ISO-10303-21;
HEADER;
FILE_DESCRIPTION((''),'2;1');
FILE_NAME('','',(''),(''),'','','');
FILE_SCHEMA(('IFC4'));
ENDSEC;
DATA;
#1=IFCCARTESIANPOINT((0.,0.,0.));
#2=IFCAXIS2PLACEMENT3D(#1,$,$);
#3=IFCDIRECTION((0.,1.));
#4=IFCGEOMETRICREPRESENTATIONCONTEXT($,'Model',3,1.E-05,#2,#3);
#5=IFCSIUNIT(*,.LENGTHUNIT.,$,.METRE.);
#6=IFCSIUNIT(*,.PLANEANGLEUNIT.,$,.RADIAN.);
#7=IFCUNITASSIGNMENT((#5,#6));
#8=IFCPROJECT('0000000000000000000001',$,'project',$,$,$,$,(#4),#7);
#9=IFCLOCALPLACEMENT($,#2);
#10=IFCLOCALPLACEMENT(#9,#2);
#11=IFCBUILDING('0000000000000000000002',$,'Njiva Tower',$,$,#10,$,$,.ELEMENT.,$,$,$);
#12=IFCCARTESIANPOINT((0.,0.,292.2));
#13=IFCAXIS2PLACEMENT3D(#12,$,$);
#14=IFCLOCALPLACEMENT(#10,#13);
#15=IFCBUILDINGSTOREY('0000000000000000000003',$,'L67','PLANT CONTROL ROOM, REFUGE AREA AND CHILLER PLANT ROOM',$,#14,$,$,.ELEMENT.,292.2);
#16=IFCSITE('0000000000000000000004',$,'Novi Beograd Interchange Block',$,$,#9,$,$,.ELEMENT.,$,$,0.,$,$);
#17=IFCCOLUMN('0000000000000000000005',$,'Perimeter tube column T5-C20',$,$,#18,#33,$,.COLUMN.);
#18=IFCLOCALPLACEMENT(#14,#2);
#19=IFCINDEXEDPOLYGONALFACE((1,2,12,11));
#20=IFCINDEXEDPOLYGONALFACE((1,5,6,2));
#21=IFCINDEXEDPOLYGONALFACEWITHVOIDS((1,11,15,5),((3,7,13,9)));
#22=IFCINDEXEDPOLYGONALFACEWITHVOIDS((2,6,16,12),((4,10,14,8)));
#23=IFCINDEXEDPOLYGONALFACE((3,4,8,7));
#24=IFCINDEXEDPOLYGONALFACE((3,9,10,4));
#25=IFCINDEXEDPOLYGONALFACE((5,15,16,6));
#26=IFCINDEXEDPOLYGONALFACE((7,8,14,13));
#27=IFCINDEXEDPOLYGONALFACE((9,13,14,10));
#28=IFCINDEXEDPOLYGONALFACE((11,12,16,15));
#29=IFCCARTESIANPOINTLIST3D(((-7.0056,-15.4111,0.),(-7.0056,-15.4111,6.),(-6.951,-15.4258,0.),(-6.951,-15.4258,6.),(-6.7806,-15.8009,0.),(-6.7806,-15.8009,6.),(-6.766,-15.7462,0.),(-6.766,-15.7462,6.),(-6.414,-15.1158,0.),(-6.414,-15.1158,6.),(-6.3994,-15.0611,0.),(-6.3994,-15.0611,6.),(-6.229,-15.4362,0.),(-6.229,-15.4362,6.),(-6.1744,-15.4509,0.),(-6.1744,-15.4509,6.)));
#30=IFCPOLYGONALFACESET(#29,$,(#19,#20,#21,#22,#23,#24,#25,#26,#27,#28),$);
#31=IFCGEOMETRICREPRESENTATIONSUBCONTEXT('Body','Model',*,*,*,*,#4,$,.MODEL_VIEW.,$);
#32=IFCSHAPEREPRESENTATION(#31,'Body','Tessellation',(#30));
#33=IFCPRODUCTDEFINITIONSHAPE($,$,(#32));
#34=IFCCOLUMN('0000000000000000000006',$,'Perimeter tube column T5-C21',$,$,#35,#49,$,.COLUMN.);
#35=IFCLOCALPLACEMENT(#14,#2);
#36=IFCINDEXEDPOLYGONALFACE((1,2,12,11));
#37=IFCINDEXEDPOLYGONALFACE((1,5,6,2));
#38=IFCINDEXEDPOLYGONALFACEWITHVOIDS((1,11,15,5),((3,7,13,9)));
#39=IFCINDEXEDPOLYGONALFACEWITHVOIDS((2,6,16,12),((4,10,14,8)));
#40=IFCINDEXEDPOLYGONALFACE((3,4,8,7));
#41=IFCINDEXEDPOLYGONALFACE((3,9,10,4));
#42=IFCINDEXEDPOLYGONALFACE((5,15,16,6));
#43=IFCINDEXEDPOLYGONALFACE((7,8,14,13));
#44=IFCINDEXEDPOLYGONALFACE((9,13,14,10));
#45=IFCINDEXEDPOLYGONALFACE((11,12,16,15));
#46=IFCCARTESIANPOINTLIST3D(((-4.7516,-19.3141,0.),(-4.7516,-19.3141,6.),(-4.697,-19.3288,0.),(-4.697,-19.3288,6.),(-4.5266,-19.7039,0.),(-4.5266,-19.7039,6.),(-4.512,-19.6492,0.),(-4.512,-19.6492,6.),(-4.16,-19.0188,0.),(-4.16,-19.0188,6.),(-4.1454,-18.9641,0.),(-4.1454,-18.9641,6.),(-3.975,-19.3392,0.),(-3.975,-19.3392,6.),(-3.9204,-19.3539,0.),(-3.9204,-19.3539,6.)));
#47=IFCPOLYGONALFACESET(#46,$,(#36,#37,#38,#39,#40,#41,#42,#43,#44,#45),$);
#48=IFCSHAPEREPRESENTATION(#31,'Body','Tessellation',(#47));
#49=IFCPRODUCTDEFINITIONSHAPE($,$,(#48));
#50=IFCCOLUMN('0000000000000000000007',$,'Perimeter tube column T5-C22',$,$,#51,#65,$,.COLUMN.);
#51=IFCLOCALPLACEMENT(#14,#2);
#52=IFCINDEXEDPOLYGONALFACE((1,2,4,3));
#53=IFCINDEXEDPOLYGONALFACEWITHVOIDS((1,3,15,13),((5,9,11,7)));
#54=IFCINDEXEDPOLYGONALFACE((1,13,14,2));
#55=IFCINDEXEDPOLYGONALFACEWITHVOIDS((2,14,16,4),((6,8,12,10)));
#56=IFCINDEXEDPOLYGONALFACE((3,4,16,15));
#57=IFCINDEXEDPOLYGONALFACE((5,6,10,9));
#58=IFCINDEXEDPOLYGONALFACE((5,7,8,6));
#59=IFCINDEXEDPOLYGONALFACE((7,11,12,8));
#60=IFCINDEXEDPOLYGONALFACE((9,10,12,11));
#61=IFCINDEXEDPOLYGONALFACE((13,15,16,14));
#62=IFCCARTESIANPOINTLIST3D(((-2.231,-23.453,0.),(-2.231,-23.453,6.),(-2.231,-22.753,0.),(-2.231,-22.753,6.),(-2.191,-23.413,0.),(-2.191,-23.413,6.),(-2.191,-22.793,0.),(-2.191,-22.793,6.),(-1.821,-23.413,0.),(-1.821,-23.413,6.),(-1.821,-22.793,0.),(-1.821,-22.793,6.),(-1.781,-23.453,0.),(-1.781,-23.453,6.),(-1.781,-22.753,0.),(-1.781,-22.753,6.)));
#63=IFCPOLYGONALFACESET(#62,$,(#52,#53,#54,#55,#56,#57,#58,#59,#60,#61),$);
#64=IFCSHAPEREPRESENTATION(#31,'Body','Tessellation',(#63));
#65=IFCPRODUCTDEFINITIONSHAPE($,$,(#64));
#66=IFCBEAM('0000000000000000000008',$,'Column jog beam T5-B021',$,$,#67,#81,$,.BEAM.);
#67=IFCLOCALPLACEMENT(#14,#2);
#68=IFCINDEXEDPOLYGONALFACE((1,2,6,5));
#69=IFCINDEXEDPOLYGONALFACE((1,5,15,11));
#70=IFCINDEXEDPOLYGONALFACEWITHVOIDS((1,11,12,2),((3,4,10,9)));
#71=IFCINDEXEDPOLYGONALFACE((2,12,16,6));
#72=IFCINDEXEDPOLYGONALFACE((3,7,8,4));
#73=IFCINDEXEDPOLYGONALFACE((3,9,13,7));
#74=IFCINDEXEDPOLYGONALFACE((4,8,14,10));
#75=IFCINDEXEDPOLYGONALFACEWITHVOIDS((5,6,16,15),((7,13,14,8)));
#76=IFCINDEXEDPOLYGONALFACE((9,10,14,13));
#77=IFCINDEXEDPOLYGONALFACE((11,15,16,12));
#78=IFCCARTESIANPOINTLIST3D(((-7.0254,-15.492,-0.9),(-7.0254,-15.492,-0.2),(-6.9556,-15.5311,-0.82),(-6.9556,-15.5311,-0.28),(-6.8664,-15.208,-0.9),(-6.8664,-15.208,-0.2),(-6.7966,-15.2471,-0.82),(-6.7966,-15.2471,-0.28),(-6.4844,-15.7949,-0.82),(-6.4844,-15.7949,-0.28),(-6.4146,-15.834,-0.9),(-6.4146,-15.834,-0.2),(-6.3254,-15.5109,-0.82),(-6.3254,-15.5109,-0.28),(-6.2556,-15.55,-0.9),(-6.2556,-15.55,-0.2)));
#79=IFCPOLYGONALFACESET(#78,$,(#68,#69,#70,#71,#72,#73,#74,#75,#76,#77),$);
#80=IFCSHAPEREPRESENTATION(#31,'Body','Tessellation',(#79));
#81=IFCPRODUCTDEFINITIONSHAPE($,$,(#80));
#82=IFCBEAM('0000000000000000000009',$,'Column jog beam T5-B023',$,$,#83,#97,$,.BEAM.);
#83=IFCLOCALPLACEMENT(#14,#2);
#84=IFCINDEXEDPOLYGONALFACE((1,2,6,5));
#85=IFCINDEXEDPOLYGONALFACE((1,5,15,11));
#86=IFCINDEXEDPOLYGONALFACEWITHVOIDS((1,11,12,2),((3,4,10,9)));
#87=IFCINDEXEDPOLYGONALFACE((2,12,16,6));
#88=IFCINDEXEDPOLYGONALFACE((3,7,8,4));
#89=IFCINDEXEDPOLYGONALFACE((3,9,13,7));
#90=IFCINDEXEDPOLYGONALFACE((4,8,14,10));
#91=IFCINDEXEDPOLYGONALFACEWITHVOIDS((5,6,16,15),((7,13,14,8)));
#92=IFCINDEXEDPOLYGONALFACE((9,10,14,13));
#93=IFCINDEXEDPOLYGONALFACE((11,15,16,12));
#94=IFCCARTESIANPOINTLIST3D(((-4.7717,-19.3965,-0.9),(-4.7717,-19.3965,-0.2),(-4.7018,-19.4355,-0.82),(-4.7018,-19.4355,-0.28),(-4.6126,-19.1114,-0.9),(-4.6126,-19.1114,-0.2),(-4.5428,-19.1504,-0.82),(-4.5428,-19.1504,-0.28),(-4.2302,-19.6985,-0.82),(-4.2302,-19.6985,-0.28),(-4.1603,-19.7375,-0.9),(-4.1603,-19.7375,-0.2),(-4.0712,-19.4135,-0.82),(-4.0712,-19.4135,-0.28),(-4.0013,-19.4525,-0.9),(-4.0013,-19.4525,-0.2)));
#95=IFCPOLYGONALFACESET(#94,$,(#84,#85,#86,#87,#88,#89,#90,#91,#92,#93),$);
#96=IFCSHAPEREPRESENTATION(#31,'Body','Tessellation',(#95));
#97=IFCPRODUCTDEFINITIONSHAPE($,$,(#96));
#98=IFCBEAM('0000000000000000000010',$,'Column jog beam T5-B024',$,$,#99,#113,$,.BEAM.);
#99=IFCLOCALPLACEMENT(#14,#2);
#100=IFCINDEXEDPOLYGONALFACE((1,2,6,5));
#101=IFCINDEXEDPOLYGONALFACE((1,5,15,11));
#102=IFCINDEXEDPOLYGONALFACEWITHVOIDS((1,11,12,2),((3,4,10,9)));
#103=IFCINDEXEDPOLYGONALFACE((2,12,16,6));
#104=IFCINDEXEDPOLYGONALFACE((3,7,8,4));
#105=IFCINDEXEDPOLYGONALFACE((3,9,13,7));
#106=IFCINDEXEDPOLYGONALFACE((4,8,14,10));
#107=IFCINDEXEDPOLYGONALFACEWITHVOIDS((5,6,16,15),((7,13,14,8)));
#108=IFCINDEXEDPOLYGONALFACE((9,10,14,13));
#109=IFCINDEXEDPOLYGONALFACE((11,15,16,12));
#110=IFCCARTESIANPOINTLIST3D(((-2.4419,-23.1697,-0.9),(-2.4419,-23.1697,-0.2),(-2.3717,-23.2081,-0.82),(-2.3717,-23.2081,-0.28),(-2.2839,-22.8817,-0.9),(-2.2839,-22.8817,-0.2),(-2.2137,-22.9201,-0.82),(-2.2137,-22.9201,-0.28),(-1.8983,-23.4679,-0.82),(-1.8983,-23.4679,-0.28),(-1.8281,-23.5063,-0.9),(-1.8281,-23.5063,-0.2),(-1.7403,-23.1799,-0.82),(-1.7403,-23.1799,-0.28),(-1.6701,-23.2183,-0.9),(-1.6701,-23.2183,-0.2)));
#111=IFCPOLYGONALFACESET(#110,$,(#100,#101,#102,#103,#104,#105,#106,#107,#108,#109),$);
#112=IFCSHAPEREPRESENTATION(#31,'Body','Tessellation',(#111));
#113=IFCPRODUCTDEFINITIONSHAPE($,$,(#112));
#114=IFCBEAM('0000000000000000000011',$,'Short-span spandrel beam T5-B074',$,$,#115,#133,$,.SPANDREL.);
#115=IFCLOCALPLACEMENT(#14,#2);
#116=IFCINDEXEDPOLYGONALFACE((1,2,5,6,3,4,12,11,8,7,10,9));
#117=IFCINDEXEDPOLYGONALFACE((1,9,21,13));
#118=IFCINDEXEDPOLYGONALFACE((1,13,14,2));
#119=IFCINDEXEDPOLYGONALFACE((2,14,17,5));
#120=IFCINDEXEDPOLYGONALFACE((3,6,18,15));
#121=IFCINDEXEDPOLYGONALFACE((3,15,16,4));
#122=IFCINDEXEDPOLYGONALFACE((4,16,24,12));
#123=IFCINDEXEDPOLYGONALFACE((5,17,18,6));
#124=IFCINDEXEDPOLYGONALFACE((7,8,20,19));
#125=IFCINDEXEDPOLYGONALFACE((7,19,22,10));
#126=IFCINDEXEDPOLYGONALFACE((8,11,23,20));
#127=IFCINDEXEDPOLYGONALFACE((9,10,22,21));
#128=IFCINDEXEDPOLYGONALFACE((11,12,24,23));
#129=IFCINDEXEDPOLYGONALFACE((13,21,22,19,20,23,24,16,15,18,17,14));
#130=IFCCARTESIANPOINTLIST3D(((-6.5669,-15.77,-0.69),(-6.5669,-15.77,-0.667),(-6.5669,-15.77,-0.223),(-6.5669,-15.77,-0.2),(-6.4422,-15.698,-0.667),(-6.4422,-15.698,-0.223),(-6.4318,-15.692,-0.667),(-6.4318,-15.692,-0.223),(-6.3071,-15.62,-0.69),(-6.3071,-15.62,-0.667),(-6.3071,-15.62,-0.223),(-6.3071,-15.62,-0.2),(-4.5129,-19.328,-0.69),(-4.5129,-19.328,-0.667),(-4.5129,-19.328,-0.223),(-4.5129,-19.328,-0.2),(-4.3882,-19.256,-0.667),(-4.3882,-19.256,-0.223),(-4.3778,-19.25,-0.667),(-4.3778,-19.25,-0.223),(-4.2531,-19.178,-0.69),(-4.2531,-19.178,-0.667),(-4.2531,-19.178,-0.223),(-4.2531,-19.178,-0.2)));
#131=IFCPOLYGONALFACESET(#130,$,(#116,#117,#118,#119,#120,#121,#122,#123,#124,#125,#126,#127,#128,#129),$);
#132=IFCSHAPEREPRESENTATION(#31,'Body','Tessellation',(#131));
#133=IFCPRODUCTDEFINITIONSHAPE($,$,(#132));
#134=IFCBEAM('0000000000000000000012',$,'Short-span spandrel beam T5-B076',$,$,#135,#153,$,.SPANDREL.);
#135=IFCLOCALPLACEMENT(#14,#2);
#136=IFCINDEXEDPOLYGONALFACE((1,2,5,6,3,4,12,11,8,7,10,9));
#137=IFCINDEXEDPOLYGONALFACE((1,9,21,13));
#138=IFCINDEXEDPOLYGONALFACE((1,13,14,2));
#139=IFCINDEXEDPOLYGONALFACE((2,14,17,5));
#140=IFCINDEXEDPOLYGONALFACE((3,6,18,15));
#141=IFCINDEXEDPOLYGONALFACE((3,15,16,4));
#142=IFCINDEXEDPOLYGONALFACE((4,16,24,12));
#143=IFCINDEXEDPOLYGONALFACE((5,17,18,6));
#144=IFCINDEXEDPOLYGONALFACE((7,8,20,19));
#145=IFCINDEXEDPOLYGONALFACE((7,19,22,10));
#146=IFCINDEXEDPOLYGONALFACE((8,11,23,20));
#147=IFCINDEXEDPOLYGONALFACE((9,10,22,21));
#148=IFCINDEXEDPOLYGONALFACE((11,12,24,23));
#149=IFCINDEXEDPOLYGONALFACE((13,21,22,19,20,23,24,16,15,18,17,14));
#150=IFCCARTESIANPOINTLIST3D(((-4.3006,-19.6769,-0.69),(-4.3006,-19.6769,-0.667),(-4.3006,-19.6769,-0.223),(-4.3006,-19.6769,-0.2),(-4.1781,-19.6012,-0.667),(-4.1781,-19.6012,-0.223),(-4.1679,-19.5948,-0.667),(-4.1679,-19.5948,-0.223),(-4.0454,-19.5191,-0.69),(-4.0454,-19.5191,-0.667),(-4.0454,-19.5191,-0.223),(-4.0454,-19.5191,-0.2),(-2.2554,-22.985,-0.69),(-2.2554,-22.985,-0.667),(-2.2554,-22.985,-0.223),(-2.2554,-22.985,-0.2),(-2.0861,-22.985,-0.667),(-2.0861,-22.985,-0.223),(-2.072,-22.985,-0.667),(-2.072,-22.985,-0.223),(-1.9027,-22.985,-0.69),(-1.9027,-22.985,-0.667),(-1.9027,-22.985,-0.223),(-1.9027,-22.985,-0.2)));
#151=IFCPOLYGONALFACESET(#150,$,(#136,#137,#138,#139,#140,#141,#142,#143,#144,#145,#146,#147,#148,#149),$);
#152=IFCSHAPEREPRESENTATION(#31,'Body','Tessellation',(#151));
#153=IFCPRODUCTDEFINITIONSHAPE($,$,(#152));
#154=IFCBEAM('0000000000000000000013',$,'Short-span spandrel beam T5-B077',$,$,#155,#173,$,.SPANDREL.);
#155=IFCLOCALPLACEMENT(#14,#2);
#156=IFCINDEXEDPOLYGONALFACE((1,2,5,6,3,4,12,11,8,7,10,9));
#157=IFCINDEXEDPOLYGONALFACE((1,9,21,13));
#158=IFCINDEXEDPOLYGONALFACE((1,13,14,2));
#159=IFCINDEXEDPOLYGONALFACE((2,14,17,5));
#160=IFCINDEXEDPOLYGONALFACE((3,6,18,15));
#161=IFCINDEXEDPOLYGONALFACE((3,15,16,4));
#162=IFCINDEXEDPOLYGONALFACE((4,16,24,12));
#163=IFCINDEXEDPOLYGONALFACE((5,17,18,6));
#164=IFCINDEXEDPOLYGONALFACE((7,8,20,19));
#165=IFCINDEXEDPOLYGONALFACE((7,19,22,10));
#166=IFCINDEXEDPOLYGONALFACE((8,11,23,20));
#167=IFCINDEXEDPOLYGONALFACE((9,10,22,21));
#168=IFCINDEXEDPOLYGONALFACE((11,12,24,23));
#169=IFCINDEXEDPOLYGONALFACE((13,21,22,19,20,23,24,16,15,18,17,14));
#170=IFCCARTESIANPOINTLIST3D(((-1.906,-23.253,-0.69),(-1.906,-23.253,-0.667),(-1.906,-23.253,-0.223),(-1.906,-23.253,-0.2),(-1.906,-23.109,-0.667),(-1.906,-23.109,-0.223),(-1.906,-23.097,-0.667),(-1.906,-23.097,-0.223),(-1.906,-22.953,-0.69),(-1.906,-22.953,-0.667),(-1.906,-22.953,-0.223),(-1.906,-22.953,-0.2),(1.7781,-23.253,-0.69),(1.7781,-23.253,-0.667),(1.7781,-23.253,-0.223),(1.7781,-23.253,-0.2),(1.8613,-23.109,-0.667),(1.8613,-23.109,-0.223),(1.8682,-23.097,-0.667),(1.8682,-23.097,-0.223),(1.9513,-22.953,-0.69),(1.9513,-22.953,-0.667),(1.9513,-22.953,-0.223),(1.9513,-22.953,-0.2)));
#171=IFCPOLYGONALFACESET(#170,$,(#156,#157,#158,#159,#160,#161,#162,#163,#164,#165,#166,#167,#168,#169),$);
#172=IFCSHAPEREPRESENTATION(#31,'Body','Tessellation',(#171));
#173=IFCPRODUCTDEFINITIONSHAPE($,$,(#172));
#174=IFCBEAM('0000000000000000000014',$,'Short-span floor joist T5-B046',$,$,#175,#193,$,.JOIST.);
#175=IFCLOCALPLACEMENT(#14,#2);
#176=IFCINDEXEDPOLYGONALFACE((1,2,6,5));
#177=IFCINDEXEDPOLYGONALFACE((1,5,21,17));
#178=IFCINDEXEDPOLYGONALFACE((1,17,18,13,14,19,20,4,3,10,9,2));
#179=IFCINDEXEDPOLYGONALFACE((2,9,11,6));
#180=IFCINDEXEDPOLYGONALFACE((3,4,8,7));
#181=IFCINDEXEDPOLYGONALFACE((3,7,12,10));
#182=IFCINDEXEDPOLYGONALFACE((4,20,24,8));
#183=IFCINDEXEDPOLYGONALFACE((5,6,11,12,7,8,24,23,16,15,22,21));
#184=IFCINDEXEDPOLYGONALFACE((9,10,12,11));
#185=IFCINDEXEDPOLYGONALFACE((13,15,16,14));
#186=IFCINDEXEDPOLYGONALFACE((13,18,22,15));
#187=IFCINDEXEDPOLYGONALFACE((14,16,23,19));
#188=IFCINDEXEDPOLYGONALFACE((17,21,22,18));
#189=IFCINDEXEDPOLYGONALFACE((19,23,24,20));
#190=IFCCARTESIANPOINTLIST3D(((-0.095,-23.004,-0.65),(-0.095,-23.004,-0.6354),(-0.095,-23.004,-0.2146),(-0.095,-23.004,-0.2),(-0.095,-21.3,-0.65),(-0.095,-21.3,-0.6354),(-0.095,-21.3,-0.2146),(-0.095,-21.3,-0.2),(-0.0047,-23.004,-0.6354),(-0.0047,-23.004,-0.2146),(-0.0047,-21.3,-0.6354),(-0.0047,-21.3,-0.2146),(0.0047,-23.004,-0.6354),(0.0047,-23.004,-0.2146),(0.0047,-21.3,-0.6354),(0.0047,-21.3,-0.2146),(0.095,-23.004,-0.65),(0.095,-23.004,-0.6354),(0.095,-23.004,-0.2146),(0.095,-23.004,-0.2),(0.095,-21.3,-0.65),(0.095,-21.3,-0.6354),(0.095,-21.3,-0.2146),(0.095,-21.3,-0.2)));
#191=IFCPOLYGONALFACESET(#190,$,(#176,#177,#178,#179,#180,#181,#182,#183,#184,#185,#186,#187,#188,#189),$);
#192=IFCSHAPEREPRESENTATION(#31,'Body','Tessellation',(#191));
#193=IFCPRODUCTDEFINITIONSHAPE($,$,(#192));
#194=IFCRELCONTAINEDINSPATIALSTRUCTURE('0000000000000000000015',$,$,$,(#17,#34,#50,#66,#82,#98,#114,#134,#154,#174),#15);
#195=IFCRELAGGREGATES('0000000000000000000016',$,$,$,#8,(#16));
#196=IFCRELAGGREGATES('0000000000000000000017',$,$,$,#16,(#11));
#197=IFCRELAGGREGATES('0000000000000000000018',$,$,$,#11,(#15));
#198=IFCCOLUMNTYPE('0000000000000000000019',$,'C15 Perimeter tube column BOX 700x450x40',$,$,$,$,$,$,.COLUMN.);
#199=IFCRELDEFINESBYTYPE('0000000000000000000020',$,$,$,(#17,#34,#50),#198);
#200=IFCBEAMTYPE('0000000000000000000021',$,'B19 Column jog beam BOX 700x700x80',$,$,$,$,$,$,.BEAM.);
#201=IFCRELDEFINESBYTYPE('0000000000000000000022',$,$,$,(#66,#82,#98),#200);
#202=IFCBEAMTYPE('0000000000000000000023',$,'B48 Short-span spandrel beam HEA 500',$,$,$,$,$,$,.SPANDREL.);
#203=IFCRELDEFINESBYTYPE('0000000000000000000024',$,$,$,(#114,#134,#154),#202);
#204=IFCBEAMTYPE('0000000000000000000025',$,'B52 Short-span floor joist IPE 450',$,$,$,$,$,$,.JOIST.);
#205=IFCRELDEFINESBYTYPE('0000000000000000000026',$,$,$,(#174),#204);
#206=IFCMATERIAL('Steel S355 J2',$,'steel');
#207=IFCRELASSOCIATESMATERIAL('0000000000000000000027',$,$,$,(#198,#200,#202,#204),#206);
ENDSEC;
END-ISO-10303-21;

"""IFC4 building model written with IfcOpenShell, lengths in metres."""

from ifc_helpers import new_model, si_unit, direction, frame, origin, origin_2d, place, context, subcontext, project, spatial, hollow_rectangle, i_section, extrude, clip, halfspace, material, material_profile, profile_set, type_object, element, save


model = new_model("IFC4")

# Units and contexts
model_context = context("Model", 3, precision=1e-05, world=origin(), true_north=direction((0.0, 1.0)))
body_context = subcontext(model_context, "Body", "Model", "MODEL_VIEW")
ifc_project = project(units=[si_unit("LENGTHUNIT", "METRE"), si_unit("PLANEANGLEUNIT", "RADIAN")], contexts=[model_context])

# Site, building, storey
site_placement = place(None, origin())
site = spatial("IfcSite", under=ifc_project, at=site_placement, Name="Novi Beograd Interchange Block", CompositionType="ELEMENT", RefElevation=0.0)
building_placement = place(site_placement, origin())
building = spatial("IfcBuilding", under=site, at=building_placement, Name="Njiva Tower", CompositionType="ELEMENT")
storey_placement = place(building_placement, frame((0.0, 0.0, 292.2)))
storey = spatial("IfcBuildingStorey", under=building, at=storey_placement, Name="L67", Description="PLANT CONTROL ROOM, REFUGE AREA AND CHILLER PLANT ROOM", CompositionType="ELEMENT", Elevation=292.2)

# Columns
ifc_material_1 = material(Name="Steel S355 J2", Category="steel")
ifc_material_profile_1 = material_profile(ifc_material_1, hollow_rectangle(XDim=0.45, YDim=0.7, WallThickness=0.04, at=origin_2d()), Name="BOX 700x450x40")
ifc_profile_set_1 = profile_set([ifc_material_profile_1], Name="Steel S355 J2")
column_type = type_object("IfcColumnType", Name="C15 Perimeter tube column BOX 700x450x40", PredefinedType="COLUMN", material=ifc_profile_set_1)
for number, where, z_axis, x_axis, name in (
    (1, (-6.59, -15.431, 0.0), (0.0, 0.0, 1.0), (0.5, -0.866025, 0.0), "Perimeter tube column T5-C20"),
    (2, (-4.336, -19.334, 0.0), (0.0, 0.0, 1.0), (0.5, -0.866025, 0.0), "Perimeter tube column T5-C21"),
    (3, (-2.006, -23.103, 0.0), (0.0, 0.0, 1.0), (1.0, 0.0, 0.0), "Perimeter tube column T5-C22"),
):
    element("IfcColumn", number, at=place(storey_placement, frame(where, z_axis=z_axis, x_axis=x_axis)), inside=storey, type_object=column_type, Name=name, PredefinedType="COLUMN", context=body_context, shape_type="SweptSolid", body=[
        extrude(hollow_rectangle(XDim=0.45, YDim=0.7, WallThickness=0.04, at=origin_2d()), origin(), (0.0, 0.0, 1.0), 6.0),
    ])

# Beams
ifc_material_profile_2 = material_profile(ifc_material_1, hollow_rectangle(XDim=0.7, YDim=0.7, WallThickness=0.08, at=origin_2d()), Name="BOX 700x700x80")
ifc_profile_set_2 = profile_set([ifc_material_profile_2], Name="Steel S355 J2")
beam_type_1 = type_object("IfcBeamType", Name="B19 Column jog beam BOX 700x700x80", PredefinedType="BEAM", material=ifc_profile_set_2)
beam_1_placement = place(storey_placement, frame((-6.72, -15.663, -0.55), z_axis=(0.48851, 0.872558, 0.0), x_axis=(-0.872558, 0.48851, 0.0)))
element("IfcBeam", 4, at=beam_1_placement, inside=storey, type_object=beam_type_1, Name="Column jog beam T5-B021", PredefinedType="BEAM", context=body_context, shape_type="SweptSolid", body=[
    extrude(hollow_rectangle(XDim=0.7, YDim=0.7, WallThickness=0.08, at=origin_2d()), origin(), (0.0, 0.0, 1.0), 0.3255),
])
beam_2_placement = place(storey_placement, frame((-4.466, -19.567, -0.55), z_axis=(0.487203, 0.873289, 0.0), x_axis=(-0.873289, 0.487203, 0.0)))
element("IfcBeam", 5, at=beam_2_placement, inside=storey, type_object=beam_type_1, Name="Column jog beam T5-B023", PredefinedType="BEAM", context=body_context, shape_type="SweptSolid", body=[
    extrude(hollow_rectangle(XDim=0.7, YDim=0.7, WallThickness=0.08, at=origin_2d()), origin(), (0.0, 0.0, 1.0), 0.3264),
])
beam_3_placement = place(storey_placement, frame((-2.135, -23.338, -0.55), z_axis=(0.480984, 0.87673, 0.0), x_axis=(-0.87673, 0.480984, 0.0)))
element("IfcBeam", 6, at=beam_3_placement, inside=storey, type_object=beam_type_1, Name="Column jog beam T5-B024", PredefinedType="BEAM", context=body_context, shape_type="SweptSolid", body=[
    extrude(hollow_rectangle(XDim=0.7, YDim=0.7, WallThickness=0.08, at=origin_2d()), origin(), (0.0, 0.0, 1.0), 0.3285),
])
ifc_material_profile_3 = material_profile(ifc_material_1, i_section(OverallWidth=0.3, OverallDepth=0.49, WebThickness=0.012, FlangeThickness=0.023, at=origin_2d()), Name="HEA 500")
ifc_profile_set_3 = profile_set([ifc_material_profile_3], Name="Steel S355 J2")
beam_type_2 = type_object("IfcBeamType", Name="B48 Short-span spandrel beam HEA 500", PredefinedType="SPANDREL", material=ifc_profile_set_3)
beam_4_placement = place(storey_placement, frame((-6.437, -15.695, -0.445), z_axis=(0.499961, -0.866048, 0.0), x_axis=(0.866048, 0.499961, 0.0)))
element("IfcBeam", 7, at=beam_4_placement, inside=storey, type_object=beam_type_2, Name="Short-span spandrel beam T5-B074", PredefinedType="SPANDREL", context=body_context, shape_type="SweptSolid", body=[
    extrude(i_section(OverallWidth=0.3, OverallDepth=0.49, WebThickness=0.012, FlangeThickness=0.023, at=origin_2d()), origin(), (0.0, 0.0, 1.0), 4.1083),
])
beam_5_placement = place(storey_placement, frame((-4.173, -19.598, -0.445), z_axis=(0.525862, -0.85057, 0.0), x_axis=(0.85057, 0.525862, 0.0)))
element("IfcBeam", 8, at=beam_5_placement, inside=storey, type_object=beam_type_2, Name="Short-span spandrel beam T5-B076", PredefinedType="SPANDREL", context=body_context, shape_type="Clipping", body=[
    clip(extrude(i_section(OverallWidth=0.3, OverallDepth=0.49, WebThickness=0.012, FlangeThickness=0.023, at=origin_2d()), origin(), (0.0, 0.0, 1.0), 4.095), halfspace(frame((-0.0267, 0.0, 3.9655), z_axis=(-0.525862, 0.0, 0.85057), x_axis=(0.0, 1.0, 0.0)), False)),
])
beam_6_placement = place(storey_placement, frame((-1.906, -23.103, -0.445), z_axis=(1.0, 0.0, 0.0), x_axis=(0.0, 1.0, 0.0)))
element("IfcBeam", 9, at=beam_6_placement, inside=storey, type_object=beam_type_2, Name="Short-span spandrel beam T5-B077", PredefinedType="SPANDREL", context=body_context, shape_type="Clipping", body=[
    clip(extrude(i_section(OverallWidth=0.3, OverallDepth=0.49, WebThickness=0.012, FlangeThickness=0.023, at=origin_2d()), origin(), (0.0, 0.0, 1.0), 3.877), halfspace(frame((-0.0255, 0.0, 3.756), z_axis=(-0.499998, 0.0, 0.866027), x_axis=(0.0, 1.0, 0.0)), False)),
])
ifc_material_profile_4 = material_profile(ifc_material_1, i_section(OverallWidth=0.19, OverallDepth=0.45, WebThickness=0.0094, FlangeThickness=0.0146, at=origin_2d()), Name="IPE 450")
ifc_profile_set_4 = profile_set([ifc_material_profile_4], Name="Steel S355 J2")
beam_type_3 = type_object("IfcBeamType", Name="B52 Short-span floor joist IPE 450", PredefinedType="JOIST", material=ifc_profile_set_4)
beam_7_placement = place(storey_placement, frame((0.0, -21.3, -0.425), z_axis=(0.0, -1.0, 0.0), x_axis=(1.0, 0.0, 0.0)))
element("IfcBeam", 10, at=beam_7_placement, inside=storey, type_object=beam_type_3, Name="Short-span floor joist T5-B046", PredefinedType="JOIST", context=body_context, shape_type="SweptSolid", body=[
    extrude(i_section(OverallWidth=0.19, OverallDepth=0.45, WebThickness=0.0094, FlangeThickness=0.0146, at=origin_2d()), origin(), (0.0, 0.0, 1.0), 1.704),
])

save(model, "model.ifc")
